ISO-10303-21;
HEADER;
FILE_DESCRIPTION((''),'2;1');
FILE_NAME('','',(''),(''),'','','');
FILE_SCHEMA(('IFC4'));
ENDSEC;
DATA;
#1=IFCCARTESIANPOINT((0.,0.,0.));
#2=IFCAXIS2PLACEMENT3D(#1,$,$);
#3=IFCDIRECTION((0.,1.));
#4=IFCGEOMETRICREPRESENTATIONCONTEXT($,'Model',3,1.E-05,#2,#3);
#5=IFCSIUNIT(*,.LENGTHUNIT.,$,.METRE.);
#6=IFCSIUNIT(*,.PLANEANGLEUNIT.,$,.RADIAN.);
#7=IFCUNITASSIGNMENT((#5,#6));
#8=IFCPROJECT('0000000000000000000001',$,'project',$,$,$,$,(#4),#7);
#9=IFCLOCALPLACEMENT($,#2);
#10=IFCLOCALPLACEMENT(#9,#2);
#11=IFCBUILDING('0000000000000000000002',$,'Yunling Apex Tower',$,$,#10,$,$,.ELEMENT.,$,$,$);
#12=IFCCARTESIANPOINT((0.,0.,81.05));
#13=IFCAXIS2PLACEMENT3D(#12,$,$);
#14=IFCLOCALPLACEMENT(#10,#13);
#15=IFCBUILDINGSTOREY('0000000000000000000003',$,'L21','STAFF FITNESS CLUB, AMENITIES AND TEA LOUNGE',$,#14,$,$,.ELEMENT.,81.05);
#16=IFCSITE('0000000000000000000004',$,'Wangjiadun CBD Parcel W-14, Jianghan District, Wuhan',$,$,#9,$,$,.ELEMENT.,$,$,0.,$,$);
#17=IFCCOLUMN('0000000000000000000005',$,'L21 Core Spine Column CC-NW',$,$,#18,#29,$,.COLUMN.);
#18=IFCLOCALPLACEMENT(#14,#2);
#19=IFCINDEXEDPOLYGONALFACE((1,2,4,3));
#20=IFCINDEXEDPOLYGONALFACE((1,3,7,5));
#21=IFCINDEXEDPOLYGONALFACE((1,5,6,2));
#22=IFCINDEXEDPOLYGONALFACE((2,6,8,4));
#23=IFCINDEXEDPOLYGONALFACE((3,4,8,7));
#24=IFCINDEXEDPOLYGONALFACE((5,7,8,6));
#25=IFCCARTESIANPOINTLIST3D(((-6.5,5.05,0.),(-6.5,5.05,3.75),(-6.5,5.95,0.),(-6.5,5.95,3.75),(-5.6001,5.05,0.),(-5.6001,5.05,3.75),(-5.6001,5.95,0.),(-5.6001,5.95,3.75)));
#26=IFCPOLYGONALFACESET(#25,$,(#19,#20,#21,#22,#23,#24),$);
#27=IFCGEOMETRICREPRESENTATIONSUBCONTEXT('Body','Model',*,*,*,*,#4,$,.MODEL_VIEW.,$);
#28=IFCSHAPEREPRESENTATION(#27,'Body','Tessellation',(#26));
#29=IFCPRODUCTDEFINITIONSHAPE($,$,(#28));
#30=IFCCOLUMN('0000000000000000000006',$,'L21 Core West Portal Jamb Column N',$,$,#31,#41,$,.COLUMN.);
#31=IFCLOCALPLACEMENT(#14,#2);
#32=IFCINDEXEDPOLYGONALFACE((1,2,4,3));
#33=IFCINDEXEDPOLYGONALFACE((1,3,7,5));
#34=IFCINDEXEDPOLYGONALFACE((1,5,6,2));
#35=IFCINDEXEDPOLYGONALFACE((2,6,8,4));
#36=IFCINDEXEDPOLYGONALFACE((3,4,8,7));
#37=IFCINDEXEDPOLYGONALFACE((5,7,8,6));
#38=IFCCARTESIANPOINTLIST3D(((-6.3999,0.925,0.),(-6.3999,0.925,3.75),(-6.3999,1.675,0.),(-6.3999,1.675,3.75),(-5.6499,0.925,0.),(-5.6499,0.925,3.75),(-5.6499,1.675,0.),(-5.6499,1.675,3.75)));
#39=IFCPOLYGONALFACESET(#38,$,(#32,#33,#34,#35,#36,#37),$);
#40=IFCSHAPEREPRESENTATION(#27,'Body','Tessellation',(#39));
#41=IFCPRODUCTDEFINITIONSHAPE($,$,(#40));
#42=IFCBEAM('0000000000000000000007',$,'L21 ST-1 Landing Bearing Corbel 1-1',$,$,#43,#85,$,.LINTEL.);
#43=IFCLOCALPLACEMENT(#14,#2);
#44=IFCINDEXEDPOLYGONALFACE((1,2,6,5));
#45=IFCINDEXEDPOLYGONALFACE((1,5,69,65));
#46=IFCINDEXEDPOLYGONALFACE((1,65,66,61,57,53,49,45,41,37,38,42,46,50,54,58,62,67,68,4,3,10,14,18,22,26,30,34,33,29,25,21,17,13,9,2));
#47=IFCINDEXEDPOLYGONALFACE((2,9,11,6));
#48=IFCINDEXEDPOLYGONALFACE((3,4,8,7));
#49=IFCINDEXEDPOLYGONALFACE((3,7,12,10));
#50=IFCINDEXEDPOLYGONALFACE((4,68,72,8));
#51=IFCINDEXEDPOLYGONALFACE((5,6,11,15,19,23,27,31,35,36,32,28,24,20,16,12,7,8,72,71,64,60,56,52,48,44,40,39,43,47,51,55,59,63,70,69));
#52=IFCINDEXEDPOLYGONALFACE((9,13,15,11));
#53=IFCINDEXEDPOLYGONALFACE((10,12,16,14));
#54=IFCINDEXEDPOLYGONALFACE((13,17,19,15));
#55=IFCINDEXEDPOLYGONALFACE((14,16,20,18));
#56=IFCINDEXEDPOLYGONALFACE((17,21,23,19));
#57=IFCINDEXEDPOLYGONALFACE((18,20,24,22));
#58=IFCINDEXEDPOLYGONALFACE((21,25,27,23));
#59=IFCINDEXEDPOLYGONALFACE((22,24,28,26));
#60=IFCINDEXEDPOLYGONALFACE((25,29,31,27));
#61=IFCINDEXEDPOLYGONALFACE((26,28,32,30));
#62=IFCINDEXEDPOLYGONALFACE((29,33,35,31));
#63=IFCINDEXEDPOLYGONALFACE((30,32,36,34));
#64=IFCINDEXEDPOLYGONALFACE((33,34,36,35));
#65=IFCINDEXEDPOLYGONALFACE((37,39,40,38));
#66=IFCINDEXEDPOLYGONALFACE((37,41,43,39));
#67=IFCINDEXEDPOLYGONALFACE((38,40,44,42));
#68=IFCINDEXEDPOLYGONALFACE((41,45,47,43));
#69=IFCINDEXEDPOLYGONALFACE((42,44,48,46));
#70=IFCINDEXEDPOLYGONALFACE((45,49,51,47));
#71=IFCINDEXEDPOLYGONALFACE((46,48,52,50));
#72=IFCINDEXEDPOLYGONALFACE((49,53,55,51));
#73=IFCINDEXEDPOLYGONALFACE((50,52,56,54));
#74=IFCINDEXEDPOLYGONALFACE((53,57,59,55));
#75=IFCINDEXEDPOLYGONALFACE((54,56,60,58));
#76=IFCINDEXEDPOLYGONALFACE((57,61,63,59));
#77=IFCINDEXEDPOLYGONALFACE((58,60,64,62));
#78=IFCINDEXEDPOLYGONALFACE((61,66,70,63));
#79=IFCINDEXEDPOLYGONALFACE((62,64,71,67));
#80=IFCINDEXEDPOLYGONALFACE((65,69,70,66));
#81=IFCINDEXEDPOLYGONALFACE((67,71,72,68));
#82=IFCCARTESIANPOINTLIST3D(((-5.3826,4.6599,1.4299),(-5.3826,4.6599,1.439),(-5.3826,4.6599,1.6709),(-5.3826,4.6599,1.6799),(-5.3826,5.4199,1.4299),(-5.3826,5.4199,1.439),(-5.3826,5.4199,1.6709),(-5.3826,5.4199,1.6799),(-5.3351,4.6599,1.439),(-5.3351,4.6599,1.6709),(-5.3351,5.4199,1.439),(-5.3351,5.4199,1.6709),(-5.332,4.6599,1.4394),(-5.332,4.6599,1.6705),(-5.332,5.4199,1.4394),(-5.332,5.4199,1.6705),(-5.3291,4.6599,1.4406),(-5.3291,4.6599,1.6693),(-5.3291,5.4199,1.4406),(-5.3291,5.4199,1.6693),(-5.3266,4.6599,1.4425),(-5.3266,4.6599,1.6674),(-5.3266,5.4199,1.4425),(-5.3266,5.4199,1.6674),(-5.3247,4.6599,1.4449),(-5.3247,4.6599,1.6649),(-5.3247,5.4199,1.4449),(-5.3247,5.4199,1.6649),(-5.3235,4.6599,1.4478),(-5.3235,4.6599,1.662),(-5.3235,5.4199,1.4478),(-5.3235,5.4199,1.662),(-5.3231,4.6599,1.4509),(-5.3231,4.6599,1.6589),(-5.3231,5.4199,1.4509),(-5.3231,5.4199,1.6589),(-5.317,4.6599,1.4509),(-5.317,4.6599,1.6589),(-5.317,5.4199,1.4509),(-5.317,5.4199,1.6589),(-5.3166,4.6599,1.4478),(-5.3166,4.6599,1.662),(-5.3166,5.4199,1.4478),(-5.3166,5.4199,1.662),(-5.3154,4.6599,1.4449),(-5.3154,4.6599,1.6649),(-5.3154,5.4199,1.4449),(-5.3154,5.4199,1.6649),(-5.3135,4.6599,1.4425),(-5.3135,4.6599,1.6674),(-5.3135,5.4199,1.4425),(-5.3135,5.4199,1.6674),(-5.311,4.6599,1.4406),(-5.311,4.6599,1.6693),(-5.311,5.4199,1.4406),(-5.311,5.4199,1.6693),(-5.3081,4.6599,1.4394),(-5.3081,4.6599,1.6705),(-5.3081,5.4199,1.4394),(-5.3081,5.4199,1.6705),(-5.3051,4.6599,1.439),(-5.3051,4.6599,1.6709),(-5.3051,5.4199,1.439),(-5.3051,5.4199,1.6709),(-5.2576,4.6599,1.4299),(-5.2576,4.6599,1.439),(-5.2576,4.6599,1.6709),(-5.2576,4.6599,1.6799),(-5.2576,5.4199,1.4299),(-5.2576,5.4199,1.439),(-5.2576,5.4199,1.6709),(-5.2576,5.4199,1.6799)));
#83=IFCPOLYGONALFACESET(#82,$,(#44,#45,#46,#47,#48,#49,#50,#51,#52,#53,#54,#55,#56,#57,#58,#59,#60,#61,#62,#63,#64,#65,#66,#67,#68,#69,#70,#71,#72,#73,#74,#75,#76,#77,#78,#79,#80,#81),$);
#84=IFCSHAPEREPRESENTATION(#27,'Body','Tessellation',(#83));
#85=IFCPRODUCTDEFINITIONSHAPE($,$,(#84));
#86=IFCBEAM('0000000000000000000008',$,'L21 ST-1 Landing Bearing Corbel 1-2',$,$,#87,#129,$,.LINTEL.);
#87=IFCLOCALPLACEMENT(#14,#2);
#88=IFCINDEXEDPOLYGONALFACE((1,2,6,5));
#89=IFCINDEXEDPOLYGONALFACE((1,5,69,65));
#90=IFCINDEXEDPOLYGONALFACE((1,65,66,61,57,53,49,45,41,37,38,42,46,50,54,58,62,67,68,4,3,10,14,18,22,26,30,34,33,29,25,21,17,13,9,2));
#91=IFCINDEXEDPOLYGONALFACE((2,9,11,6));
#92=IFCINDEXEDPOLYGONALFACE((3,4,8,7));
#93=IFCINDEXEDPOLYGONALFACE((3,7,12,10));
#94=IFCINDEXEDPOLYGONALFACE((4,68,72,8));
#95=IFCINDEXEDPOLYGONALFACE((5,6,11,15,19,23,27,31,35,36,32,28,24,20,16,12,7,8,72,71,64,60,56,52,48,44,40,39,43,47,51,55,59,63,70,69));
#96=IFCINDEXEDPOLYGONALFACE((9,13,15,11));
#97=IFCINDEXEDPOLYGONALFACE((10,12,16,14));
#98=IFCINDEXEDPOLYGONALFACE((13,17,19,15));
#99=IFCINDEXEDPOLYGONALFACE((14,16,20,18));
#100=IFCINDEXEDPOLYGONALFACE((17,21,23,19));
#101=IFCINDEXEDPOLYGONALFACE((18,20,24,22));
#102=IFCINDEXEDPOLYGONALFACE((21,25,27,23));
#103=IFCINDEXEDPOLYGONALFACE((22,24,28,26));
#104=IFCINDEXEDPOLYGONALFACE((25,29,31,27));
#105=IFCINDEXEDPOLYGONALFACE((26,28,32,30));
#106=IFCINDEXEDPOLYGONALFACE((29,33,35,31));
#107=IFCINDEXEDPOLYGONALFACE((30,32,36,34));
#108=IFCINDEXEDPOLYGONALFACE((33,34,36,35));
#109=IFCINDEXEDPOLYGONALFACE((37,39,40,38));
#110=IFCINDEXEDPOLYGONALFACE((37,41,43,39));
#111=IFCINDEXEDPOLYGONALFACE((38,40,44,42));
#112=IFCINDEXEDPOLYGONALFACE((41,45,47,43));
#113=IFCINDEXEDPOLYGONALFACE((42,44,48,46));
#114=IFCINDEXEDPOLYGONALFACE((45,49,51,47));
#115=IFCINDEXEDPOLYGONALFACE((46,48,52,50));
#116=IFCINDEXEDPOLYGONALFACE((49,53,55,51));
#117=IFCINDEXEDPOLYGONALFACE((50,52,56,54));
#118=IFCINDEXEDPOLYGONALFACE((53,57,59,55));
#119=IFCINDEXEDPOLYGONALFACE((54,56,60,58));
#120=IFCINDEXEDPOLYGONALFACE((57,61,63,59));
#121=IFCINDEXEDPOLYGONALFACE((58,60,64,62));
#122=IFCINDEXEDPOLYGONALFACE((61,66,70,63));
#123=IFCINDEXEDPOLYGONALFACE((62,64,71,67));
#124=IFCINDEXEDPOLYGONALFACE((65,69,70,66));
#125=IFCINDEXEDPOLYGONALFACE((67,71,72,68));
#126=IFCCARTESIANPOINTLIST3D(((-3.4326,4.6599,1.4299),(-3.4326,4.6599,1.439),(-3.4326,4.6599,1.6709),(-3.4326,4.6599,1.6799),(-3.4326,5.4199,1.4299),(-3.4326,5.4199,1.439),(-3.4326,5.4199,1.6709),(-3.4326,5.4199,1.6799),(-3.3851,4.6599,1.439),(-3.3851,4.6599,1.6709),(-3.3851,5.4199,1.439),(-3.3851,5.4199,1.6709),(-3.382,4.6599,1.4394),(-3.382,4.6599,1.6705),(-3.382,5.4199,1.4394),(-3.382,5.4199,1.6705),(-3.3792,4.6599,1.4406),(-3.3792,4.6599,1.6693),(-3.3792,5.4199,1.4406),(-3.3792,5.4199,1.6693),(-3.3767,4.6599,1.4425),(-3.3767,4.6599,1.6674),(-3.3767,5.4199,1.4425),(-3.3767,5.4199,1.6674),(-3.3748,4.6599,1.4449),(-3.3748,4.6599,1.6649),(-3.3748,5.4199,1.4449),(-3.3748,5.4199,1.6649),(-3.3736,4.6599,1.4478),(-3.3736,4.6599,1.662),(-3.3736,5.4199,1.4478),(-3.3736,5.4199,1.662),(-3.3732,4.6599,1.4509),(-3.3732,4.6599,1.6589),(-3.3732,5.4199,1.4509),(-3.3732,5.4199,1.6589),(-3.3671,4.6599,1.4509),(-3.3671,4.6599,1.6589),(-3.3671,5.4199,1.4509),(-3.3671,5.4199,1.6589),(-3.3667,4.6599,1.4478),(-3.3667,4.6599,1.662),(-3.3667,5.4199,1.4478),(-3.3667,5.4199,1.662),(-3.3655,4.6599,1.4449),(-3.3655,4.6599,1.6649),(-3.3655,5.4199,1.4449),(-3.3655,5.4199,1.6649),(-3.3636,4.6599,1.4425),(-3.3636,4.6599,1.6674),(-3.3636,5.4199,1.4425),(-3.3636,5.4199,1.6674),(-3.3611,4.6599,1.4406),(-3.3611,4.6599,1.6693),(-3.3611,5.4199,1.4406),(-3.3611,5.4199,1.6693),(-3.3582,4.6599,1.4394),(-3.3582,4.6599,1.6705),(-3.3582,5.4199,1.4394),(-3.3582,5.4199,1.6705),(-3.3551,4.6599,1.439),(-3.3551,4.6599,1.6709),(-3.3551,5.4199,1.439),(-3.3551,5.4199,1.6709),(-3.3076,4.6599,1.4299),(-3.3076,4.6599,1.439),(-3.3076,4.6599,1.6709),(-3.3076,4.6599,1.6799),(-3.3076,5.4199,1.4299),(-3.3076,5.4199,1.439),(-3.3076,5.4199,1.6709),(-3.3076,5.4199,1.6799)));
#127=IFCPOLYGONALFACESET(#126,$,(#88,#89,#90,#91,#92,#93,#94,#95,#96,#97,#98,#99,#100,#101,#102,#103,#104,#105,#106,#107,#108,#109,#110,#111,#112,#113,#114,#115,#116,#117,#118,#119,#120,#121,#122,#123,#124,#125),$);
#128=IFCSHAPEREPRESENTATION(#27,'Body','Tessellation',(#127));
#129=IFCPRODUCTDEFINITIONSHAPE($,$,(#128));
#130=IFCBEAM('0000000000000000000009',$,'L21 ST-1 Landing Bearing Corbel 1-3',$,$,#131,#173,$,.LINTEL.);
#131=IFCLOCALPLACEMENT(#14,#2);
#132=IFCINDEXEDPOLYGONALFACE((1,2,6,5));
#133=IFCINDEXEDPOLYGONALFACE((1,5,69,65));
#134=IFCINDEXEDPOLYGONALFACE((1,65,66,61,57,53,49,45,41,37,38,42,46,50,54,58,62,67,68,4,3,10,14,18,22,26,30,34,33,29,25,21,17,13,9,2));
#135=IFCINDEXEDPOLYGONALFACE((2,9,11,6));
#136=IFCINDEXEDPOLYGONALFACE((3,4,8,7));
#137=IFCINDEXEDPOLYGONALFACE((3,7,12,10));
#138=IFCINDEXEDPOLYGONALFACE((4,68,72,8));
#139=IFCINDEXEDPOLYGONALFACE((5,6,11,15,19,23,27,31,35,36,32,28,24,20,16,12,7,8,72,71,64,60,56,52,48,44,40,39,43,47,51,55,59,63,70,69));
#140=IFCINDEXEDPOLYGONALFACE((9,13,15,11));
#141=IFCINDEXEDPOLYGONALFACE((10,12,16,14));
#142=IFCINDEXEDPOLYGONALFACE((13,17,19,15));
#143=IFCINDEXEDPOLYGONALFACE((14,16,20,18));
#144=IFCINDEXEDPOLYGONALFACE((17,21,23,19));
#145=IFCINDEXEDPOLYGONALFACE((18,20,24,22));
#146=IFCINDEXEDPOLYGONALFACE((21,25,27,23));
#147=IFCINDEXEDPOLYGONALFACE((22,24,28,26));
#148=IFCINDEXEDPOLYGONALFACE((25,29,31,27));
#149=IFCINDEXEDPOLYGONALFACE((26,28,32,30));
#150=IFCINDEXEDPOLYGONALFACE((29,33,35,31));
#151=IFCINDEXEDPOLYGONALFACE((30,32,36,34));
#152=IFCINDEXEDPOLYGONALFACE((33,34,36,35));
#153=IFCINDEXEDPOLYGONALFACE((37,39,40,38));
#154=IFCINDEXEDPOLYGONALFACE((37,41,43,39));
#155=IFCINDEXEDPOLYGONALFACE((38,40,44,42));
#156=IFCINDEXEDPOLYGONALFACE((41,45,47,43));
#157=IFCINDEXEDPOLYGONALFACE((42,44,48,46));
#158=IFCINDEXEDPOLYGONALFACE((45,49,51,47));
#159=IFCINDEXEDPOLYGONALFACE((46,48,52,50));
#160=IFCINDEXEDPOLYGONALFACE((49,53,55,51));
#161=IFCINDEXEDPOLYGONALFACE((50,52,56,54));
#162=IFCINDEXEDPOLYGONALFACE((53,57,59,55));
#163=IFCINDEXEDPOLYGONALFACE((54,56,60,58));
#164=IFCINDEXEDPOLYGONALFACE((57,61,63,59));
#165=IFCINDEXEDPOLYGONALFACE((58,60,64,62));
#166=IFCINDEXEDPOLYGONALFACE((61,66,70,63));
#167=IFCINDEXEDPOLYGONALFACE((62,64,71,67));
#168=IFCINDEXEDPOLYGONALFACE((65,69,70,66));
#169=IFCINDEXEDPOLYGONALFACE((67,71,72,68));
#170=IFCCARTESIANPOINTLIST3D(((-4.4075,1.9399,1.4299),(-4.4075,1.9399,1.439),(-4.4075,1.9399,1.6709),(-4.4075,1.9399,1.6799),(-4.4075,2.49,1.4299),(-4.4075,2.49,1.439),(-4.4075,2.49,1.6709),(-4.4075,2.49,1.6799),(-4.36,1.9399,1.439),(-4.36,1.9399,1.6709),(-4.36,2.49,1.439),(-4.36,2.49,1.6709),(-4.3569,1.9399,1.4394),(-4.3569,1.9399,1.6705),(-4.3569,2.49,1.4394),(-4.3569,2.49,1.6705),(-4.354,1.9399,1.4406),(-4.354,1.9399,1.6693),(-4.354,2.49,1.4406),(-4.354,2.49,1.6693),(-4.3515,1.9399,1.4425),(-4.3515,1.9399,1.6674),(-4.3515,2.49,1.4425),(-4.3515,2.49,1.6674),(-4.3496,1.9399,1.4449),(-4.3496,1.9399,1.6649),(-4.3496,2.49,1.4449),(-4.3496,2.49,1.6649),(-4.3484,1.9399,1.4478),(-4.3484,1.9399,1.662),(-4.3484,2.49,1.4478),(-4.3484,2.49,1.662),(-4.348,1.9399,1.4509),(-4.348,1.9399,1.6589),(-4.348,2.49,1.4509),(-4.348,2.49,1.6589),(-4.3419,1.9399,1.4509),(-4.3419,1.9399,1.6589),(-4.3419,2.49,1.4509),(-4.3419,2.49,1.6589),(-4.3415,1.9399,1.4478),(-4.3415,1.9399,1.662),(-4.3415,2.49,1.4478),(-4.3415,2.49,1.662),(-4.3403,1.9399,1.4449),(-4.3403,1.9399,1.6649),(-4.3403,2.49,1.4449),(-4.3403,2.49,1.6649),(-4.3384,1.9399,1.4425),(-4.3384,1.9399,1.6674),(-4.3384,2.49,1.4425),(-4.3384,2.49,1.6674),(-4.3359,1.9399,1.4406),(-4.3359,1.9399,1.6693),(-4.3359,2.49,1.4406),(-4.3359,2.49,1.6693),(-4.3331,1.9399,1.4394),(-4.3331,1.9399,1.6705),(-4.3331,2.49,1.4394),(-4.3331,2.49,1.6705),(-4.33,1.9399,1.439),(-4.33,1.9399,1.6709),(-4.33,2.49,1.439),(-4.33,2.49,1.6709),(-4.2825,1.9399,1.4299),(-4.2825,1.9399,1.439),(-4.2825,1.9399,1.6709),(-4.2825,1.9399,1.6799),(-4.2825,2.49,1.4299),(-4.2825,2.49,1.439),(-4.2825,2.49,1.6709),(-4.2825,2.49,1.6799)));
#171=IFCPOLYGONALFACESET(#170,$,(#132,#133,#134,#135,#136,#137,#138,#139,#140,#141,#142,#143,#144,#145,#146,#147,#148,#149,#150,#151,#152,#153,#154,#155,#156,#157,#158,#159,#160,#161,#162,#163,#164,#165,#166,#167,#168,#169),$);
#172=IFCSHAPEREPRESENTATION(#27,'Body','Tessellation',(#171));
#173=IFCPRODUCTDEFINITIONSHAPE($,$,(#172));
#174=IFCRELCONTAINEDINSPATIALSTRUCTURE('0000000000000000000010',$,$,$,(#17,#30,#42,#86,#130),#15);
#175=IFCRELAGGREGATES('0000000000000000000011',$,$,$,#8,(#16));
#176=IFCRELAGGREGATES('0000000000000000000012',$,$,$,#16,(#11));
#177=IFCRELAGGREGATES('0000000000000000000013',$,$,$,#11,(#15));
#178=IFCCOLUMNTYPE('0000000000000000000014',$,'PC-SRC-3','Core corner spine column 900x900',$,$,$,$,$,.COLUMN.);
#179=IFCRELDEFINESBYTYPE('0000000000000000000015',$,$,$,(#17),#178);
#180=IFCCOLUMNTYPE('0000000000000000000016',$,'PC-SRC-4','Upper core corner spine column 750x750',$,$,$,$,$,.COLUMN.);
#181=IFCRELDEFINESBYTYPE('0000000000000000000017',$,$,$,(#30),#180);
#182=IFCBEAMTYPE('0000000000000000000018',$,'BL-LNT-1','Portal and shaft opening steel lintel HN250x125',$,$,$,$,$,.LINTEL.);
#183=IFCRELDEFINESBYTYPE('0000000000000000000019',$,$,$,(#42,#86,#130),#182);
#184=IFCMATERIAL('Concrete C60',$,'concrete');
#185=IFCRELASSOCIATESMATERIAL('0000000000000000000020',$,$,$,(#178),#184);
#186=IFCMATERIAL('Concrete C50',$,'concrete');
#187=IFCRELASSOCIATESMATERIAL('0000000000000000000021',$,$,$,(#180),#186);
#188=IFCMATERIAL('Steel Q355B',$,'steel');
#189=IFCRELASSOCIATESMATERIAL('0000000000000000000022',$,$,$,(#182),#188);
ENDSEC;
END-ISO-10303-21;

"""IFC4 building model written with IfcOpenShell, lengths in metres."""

from ifc_helpers import new_model, si_unit, direction, frame, origin, origin_2d, place, context, subcontext, project, spatial, rectangle, i_section, extrude, source, transform, mapped, material, material_profile, profile_set, type_object, element, save


model = new_model("IFC4")

# Units and contexts
model_context = context("Model", 3, precision=1e-05, world=origin(), true_north=direction((0.0, 1.0)))
body_context = subcontext(model_context, "Body", "Model", "MODEL_VIEW")
ifc_project = project(units=[si_unit("LENGTHUNIT", "METRE"), si_unit("PLANEANGLEUNIT", "RADIAN")], contexts=[model_context])

# Site, building, storey
site_placement = place(None, origin())
site = spatial("IfcSite", under=ifc_project, at=site_placement, Name="Wangjiadun CBD Parcel W-14, Jianghan District, Wuhan", CompositionType="ELEMENT", RefElevation=0.0)
building_placement = place(site_placement, origin())
building = spatial("IfcBuilding", under=site, at=building_placement, Name="Yunling Apex Tower", CompositionType="ELEMENT")
storey_placement = place(building_placement, frame((0.0, 0.0, 81.05)))
storey = spatial("IfcBuildingStorey", under=building, at=storey_placement, Name="L21", Description="STAFF FITNESS CLUB, AMENITIES AND TEA LOUNGE", CompositionType="ELEMENT", Elevation=81.05)

# Columns
ifc_material_1 = material(Name="Concrete C60", Category="concrete")
ifc_material_profile_1 = material_profile(ifc_material_1, rectangle(XDim=0.8999, YDim=0.8999, at=origin_2d()))
ifc_profile_set_1 = profile_set([ifc_material_profile_1], Name="Concrete C60")
column_type_1 = type_object("IfcColumnType", Name="PC-SRC-3", Description="Core corner spine column 900x900", PredefinedType="COLUMN", material=ifc_profile_set_1)
shared_shape_1 = source(origin(), body_context, "Body", "SweptSolid", [
    extrude(rectangle(XDim=0.8999, YDim=0.8999, at=origin_2d()), origin(), (0.0, 0.0, 1.0), 3.75),
])
column_1_placement = place(storey_placement, frame((-6.05, 5.5, 0.0), z_axis=(0.0, 0.0, 1.0), x_axis=(1.0, 0.0, 0.0)))
element("IfcColumn", 1, at=column_1_placement, inside=storey, type_object=column_type_1, Name="L21 Core Spine Column CC-NW", PredefinedType="COLUMN", context=body_context, shape_type="MappedRepresentation", body=[
    mapped(shared_shape_1, transform((0.0, 0.0, 0.0), scale=1.0)),
])
ifc_material_2 = material(Name="Concrete C50", Category="concrete")
ifc_material_profile_2 = material_profile(ifc_material_2, rectangle(XDim=0.75, YDim=0.75, at=origin_2d()))
ifc_profile_set_2 = profile_set([ifc_material_profile_2], Name="Concrete C50")
column_type_2 = type_object("IfcColumnType", Name="PC-SRC-4", Description="Upper core corner spine column 750x750", PredefinedType="COLUMN", material=ifc_profile_set_2)
shared_shape_2 = source(origin(), body_context, "Body", "SweptSolid", [
    extrude(rectangle(XDim=0.75, YDim=0.75, at=origin_2d()), origin(), (0.0, 0.0, 1.0), 3.75),
])
column_2_placement = place(storey_placement, frame((-6.0249, 1.3, 0.0), z_axis=(0.0, 0.0, 1.0), x_axis=(1.0, 0.0, 0.0)))
element("IfcColumn", 2, at=column_2_placement, inside=storey, type_object=column_type_2, Name="L21 Core West Portal Jamb Column N", PredefinedType="COLUMN", context=body_context, shape_type="MappedRepresentation", body=[
    mapped(shared_shape_2, transform((0.0, 0.0, 0.0), scale=1.0)),
])

# Beams
ifc_material_3 = material(Name="Steel Q355B", Category="steel")
ifc_material_profile_3 = material_profile(ifc_material_3, i_section(OverallWidth=0.125, OverallDepth=0.25, WebThickness=0.0061, FlangeThickness=0.009, FilletRadius=0.012, at=origin_2d()))
ifc_profile_set_3 = profile_set([ifc_material_profile_3], Name="Steel Q355B")
beam_type_1 = type_object("IfcBeamType", Name="BL-LNT-1", Description="Portal and shaft opening steel lintel HN250x125", PredefinedType="LINTEL", material=ifc_profile_set_3)
shared_shape_3 = source(origin(), body_context, "Body", "SweptSolid", [
    extrude(i_section(OverallWidth=0.125, OverallDepth=0.25, WebThickness=0.0061, FlangeThickness=0.009, FilletRadius=0.012, at=origin_2d()), origin(), (0.0, 0.0, 1.0), 0.76),
])
for number, where, z_axis, x_axis, name in (
    (3, (-5.3201, 5.4199, 1.5549), (0.0, -1.0, 0.0), (1.0, 0.0, 0.0), "L21 ST-1 Landing Bearing Corbel 1-1"),
    (4, (-3.3701, 5.4199, 1.5549), (0.0, -1.0, 0.0), (1.0, 0.0, 0.0), "L21 ST-1 Landing Bearing Corbel 1-2"),
):
    element("IfcBeam", number, at=place(storey_placement, frame(where, z_axis=z_axis, x_axis=x_axis)), inside=storey, type_object=beam_type_1, Name=name, PredefinedType="LINTEL", context=body_context, shape_type="MappedRepresentation", body=[
        mapped(shared_shape_3, transform((0.0, 0.0, 0.0), scale=1.0)),
    ])
shared_shape_4 = source(origin(), body_context, "Body", "SweptSolid", [
    extrude(i_section(OverallWidth=0.125, OverallDepth=0.25, WebThickness=0.0061, FlangeThickness=0.009, FilletRadius=0.012, at=origin_2d()), origin(), (0.0, 0.0, 1.0), 0.55),
])
beam_1_placement = place(storey_placement, frame((-4.345, 1.9399, 1.5549), z_axis=(0.0, 1.0, 0.0), x_axis=(-1.0, 0.0, 0.0)))
element("IfcBeam", 5, at=beam_1_placement, inside=storey, type_object=beam_type_1, Name="L21 ST-1 Landing Bearing Corbel 1-3", PredefinedType="LINTEL", context=body_context, shape_type="MappedRepresentation", body=[
    mapped(shared_shape_4, transform((0.0, 0.0, 0.0), scale=1.0)),
])

save(model, "model.ifc")
